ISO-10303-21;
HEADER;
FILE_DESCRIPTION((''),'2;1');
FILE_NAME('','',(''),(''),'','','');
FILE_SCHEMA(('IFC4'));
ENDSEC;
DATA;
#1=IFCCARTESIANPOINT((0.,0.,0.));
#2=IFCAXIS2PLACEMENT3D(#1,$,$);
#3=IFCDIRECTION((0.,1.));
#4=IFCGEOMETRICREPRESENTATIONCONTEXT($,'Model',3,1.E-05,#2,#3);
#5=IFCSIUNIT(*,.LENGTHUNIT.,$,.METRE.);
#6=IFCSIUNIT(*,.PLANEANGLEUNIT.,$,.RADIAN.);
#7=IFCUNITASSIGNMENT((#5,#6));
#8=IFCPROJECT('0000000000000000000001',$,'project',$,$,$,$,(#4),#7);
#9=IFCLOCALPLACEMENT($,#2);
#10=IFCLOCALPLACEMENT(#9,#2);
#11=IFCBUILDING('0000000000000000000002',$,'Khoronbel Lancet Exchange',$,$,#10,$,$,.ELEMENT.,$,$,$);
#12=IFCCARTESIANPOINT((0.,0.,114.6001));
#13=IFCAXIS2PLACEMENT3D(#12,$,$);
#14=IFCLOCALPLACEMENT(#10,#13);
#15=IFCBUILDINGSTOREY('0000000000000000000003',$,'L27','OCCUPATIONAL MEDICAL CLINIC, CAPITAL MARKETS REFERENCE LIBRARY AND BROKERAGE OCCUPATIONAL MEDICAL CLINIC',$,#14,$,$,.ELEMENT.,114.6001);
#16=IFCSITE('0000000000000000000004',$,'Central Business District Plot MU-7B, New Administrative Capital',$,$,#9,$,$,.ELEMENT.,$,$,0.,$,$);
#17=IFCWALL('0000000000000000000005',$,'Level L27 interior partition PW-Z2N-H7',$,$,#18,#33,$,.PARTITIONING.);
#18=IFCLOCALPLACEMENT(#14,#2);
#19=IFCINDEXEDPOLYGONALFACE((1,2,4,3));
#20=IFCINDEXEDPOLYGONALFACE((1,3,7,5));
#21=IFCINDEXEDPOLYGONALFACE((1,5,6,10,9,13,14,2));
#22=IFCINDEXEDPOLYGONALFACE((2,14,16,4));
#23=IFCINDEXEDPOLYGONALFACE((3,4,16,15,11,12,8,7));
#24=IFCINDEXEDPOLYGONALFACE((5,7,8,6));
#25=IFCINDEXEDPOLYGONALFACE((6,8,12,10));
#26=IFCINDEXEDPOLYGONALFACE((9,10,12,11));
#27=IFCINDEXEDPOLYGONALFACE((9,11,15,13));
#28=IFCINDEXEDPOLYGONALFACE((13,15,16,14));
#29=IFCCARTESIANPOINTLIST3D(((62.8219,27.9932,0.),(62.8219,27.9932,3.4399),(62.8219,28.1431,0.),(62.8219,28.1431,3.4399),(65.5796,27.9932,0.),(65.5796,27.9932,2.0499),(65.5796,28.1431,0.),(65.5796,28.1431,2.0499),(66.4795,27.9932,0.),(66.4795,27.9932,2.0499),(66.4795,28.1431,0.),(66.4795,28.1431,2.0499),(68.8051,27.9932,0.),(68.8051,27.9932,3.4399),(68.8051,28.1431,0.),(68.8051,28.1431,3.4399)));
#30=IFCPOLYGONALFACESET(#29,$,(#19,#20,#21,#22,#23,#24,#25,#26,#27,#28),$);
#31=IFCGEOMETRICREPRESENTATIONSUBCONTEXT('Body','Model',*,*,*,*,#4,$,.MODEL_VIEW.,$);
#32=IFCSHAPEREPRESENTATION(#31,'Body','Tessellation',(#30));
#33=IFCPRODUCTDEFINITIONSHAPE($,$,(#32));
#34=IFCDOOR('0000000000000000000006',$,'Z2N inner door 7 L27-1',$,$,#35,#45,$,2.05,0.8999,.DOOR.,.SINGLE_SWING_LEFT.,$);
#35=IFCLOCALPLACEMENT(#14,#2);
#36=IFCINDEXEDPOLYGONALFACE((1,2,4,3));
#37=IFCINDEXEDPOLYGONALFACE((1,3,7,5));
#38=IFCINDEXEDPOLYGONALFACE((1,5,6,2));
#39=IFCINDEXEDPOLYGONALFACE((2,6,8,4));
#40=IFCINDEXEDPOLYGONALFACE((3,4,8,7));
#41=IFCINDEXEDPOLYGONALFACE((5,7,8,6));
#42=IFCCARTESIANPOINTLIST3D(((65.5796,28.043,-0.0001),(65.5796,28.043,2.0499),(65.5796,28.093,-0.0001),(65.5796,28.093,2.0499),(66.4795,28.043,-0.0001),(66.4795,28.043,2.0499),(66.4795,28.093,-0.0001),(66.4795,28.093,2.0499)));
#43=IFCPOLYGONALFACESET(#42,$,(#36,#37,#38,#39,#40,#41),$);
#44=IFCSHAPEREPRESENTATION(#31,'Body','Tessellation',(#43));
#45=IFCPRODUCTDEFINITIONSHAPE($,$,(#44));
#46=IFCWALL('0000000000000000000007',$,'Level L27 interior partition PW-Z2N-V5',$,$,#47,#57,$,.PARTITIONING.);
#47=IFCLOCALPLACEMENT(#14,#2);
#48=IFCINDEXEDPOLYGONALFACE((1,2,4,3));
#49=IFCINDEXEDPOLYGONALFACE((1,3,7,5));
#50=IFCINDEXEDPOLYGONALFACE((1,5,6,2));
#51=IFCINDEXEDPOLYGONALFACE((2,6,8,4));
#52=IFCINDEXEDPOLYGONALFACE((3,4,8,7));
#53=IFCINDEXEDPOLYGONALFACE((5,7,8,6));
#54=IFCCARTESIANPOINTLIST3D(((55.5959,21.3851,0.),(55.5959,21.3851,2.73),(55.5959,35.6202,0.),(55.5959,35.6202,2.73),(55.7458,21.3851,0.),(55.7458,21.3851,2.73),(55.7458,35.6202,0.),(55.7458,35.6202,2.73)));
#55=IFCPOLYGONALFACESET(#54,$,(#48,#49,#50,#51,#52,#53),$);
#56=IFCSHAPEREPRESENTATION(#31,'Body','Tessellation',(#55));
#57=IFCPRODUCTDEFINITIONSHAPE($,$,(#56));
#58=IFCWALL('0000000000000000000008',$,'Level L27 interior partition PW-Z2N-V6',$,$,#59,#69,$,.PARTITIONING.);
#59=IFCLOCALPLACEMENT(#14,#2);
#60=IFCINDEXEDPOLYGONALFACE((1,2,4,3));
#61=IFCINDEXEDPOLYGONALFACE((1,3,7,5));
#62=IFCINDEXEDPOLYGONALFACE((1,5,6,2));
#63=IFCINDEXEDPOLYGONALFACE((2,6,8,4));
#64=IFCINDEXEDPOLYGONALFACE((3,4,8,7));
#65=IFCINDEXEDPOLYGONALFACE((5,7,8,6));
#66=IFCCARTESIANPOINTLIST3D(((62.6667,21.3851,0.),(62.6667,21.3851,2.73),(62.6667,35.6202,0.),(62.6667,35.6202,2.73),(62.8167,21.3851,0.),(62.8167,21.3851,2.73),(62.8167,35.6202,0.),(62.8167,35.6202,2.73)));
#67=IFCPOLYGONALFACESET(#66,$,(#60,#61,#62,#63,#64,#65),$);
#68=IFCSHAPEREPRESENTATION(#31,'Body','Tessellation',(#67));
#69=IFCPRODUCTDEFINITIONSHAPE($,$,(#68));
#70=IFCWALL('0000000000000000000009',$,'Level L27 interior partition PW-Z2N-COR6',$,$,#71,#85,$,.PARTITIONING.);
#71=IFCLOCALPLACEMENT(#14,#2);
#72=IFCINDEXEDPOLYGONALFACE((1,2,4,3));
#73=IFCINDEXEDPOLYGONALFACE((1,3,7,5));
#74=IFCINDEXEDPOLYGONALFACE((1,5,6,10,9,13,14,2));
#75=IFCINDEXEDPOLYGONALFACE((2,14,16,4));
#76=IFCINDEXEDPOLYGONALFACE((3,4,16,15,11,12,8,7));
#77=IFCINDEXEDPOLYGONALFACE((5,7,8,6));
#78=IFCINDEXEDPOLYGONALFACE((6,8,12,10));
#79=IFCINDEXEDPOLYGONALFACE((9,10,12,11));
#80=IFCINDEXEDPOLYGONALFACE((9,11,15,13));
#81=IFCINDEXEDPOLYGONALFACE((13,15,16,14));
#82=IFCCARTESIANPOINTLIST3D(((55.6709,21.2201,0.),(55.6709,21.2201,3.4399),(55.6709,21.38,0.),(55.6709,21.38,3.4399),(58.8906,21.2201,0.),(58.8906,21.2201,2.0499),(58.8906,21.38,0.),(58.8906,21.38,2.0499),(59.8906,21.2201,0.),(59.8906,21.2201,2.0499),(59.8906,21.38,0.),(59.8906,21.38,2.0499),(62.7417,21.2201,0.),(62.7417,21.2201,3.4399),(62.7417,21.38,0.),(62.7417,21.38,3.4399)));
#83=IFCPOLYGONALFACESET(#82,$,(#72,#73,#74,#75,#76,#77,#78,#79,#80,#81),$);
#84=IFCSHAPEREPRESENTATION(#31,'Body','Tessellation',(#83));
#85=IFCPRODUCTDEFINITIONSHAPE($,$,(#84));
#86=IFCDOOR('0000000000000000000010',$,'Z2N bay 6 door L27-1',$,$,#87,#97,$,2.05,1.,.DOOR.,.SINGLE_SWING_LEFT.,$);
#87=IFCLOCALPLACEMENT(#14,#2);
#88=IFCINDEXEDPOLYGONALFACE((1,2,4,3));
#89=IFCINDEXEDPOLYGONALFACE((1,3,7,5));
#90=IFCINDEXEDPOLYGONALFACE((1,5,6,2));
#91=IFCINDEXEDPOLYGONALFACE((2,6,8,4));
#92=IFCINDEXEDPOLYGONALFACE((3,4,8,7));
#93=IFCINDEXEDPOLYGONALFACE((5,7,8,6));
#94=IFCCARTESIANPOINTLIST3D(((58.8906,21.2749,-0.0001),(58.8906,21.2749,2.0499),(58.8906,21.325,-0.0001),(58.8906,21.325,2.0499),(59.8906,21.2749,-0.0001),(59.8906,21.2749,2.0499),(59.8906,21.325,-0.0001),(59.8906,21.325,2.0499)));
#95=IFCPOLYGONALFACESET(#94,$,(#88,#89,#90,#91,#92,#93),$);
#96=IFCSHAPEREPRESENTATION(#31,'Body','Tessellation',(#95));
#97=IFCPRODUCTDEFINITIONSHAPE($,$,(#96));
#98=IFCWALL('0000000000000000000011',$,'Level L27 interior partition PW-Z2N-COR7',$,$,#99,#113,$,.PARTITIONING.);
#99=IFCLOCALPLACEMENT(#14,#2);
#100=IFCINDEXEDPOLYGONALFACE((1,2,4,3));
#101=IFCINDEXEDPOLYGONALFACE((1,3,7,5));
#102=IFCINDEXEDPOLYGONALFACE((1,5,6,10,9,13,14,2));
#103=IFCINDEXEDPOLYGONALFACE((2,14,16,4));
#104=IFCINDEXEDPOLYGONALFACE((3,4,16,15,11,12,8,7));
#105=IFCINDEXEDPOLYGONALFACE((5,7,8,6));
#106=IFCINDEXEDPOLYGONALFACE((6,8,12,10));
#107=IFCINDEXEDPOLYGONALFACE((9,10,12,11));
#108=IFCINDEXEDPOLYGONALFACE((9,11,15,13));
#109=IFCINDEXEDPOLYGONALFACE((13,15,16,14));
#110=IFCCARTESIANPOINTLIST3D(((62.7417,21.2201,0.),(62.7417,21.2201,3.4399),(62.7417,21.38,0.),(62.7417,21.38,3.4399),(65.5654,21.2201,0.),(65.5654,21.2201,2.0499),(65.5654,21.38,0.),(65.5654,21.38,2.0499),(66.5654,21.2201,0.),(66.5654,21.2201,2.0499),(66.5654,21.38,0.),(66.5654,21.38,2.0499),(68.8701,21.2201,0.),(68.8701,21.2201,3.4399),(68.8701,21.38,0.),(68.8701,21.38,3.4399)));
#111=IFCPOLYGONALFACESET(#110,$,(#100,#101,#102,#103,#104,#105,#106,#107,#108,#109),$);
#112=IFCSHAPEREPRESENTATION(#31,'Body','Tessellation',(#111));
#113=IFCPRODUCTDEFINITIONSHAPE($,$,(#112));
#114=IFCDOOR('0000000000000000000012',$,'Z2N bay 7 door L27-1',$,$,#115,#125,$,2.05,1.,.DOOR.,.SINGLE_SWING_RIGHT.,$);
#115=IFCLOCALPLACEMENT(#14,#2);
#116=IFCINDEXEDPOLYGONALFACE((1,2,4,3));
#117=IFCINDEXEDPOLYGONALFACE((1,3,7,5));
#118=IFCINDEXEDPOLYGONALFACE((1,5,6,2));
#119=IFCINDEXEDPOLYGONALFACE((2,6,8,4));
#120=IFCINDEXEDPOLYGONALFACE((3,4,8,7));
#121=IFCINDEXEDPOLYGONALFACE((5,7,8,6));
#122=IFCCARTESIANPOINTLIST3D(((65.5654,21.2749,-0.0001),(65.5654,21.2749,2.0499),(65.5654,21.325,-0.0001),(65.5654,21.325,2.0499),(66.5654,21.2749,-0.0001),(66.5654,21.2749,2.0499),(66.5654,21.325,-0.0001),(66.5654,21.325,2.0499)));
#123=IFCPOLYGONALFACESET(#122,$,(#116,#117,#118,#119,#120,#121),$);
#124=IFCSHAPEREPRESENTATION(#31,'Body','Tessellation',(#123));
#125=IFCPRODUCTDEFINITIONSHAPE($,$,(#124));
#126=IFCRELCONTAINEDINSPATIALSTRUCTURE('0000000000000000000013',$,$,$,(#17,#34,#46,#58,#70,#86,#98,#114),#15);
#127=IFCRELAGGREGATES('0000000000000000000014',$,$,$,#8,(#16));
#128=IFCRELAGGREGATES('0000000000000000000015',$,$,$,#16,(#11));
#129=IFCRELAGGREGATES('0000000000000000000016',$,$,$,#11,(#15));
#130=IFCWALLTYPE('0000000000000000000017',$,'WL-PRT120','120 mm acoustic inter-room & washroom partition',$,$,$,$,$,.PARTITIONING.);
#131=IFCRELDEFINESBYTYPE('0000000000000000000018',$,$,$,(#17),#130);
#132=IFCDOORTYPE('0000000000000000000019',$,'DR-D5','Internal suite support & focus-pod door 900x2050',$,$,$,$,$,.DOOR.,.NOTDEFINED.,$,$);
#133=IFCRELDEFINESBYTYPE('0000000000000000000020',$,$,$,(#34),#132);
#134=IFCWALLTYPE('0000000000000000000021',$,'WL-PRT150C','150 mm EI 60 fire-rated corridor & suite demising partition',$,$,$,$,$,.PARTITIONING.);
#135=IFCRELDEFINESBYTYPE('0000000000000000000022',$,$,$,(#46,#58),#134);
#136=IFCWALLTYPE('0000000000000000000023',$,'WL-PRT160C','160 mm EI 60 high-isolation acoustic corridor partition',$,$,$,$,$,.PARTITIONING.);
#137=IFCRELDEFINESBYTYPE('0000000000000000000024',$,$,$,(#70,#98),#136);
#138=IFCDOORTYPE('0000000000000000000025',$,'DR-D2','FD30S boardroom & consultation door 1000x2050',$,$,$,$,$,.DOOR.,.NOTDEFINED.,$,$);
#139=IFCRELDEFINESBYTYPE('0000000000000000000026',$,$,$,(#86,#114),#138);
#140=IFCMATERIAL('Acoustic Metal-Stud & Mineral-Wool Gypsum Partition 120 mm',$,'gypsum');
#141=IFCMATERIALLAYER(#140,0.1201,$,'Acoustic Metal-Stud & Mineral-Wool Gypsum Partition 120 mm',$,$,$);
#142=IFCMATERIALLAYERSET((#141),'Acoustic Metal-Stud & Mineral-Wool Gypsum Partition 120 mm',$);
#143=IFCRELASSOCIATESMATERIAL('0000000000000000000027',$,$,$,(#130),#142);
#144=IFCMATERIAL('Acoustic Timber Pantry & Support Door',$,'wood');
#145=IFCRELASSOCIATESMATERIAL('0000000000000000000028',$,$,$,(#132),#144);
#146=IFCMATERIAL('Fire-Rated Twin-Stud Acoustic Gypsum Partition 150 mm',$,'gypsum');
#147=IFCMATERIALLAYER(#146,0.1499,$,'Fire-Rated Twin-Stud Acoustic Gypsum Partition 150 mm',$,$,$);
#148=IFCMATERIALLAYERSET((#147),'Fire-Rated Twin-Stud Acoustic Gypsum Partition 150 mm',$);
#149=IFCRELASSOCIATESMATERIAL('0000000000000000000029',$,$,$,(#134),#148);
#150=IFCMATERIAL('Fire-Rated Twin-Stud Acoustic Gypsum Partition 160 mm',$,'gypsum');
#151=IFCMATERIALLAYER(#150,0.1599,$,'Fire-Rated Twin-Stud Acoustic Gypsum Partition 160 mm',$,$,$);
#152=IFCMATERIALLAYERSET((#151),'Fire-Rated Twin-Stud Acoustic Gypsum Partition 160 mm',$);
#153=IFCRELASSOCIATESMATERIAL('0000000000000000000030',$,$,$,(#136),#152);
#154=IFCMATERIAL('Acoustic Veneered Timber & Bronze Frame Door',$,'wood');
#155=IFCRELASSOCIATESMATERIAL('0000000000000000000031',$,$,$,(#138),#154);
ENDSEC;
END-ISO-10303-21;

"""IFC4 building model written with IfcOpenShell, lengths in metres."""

from ifc_helpers import new_model, si_unit, direction, frame, frame_2d, origin, place, context, subcontext, project, spatial, rectangle, extrude, material, layer, layer_set, type_object, element, fill, save


model = new_model("IFC4")

# Units and contexts
model_context = context("Model", 3, precision=1e-05, world=origin(), true_north=direction((0.0, 1.0)))
body_context = subcontext(model_context, "Body", "Model", "MODEL_VIEW")
ifc_project = project(units=[si_unit("LENGTHUNIT", "METRE"), si_unit("PLANEANGLEUNIT", "RADIAN")], contexts=[model_context])

# Site, building, storey
site_placement = place(None, origin())
site = spatial("IfcSite", under=ifc_project, at=site_placement, Name="Central Business District Plot MU-7B, New Administrative Capital", CompositionType="ELEMENT", RefElevation=0.0)
building_placement = place(site_placement, origin())
building = spatial("IfcBuilding", under=site, at=building_placement, Name="Khoronbel Lancet Exchange", CompositionType="ELEMENT")
storey_placement = place(building_placement, frame((0.0, 0.0, 114.6001)))
storey = spatial("IfcBuildingStorey", under=building, at=storey_placement, Name="L27", Description="OCCUPATIONAL MEDICAL CLINIC, CAPITAL MARKETS REFERENCE LIBRARY AND BROKERAGE OCCUPATIONAL MEDICAL CLINIC", CompositionType="ELEMENT", Elevation=114.6001)

# Wall, opening, door
ifc_material_1 = material(Name="Acoustic Metal-Stud & Mineral-Wool Gypsum Partition 120 mm", Category="gypsum")
ifc_layer_1 = layer(ifc_material_1, 0.1201, Name="Acoustic Metal-Stud & Mineral-Wool Gypsum Partition 120 mm")
ifc_layer_set_1 = layer_set([ifc_layer_1], Name="Acoustic Metal-Stud & Mineral-Wool Gypsum Partition 120 mm")
wall_type_1 = type_object("IfcWallType", Name="WL-PRT120", Description="120 mm acoustic inter-room & washroom partition", PredefinedType="PARTITIONING", material=ifc_layer_set_1)
wall_1_placement = place(storey_placement, frame((62.8218, 28.0681, 0.0), z_axis=(0.0, 0.0, 1.0), x_axis=(1.0, 0.0, 0.0)))
wall_1 = element("IfcWall", 1, at=wall_1_placement, inside=storey, type_object=wall_type_1, Name="Level L27 interior partition PW-Z2N-H7", PredefinedType="PARTITIONING", context=body_context, shape_type="SweptSolid", body=[
    extrude(rectangle(XDim=5.9832, YDim=0.1499, at=frame_2d((2.9917, 0.0))), origin(), (0.0, 0.0, 1.0), 3.4399),
])
opening_1_placement = place(wall_1_placement, frame((2.7578, 0.0, 0.0)))
opening_1 = element("IfcOpeningElement", 2, at=opening_1_placement, cuts=wall_1, PredefinedType="OPENING", context=body_context, shape_type="SweptSolid", body=[
    extrude(rectangle(XDim=0.8999, YDim=2.05, at=frame_2d((0.45, 1.0249))), frame((0.0, 0.085, 0.0), z_axis=(0.0, -1.0, 0.0), x_axis=(1.0, 0.0, 0.0)), (0.0, 0.0, 1.0), 0.1699),
])
ifc_material_2 = material(Name="Acoustic Timber Pantry & Support Door", Category="wood")
door_type_1 = type_object("IfcDoorType", Name="DR-D5", Description="Internal suite support & focus-pod door 900x2050", OperationType="NOTDEFINED", PredefinedType="DOOR", material=ifc_material_2)
door_1_placement = place(opening_1_placement, origin())
door_1 = element("IfcDoor", 3, at=door_1_placement, inside=storey, type_object=door_type_1, Name="Z2N inner door 7 L27-1", OperationType="SINGLE_SWING_LEFT", OverallHeight=2.05, OverallWidth=0.8999, PredefinedType="DOOR", context=body_context, shape_type="SweptSolid", body=[
    extrude(rectangle(XDim=0.8999, YDim=2.05, at=frame_2d((0.45, 1.0249))), frame((0.0, 0.0249, 0.0), z_axis=(0.0, -1.0, 0.0), x_axis=(1.0, 0.0, 0.0)), (0.0, 0.0, 1.0), 0.05),
])
fill(opening_1, door_1)

# Walls
ifc_material_3 = material(Name="Fire-Rated Twin-Stud Acoustic Gypsum Partition 150 mm", Category="gypsum")
ifc_layer_2 = layer(ifc_material_3, 0.1499, Name="Fire-Rated Twin-Stud Acoustic Gypsum Partition 150 mm")
ifc_layer_set_2 = layer_set([ifc_layer_2], Name="Fire-Rated Twin-Stud Acoustic Gypsum Partition 150 mm")
wall_type_2 = type_object("IfcWallType", Name="WL-PRT150C", Description="150 mm EI 60 fire-rated corridor & suite demising partition", PredefinedType="PARTITIONING", material=ifc_layer_set_2)
for number, where, z_axis, x_axis, name in (
    (4, (55.6709, 21.385, 0.0), (0.0, 0.0, 1.0), (0.0, 1.0, 0.0), "Level L27 interior partition PW-Z2N-V5"),
    (5, (62.7417, 21.385, 0.0), (0.0, 0.0, 1.0), (0.0, 1.0, 0.0), "Level L27 interior partition PW-Z2N-V6"),
):
    element("IfcWall", number, at=place(storey_placement, frame(where, z_axis=z_axis, x_axis=x_axis)), inside=storey, type_object=wall_type_2, Name=name, PredefinedType="PARTITIONING", context=body_context, shape_type="SweptSolid", body=[
        extrude(rectangle(XDim=14.2351, YDim=0.1499, at=frame_2d((7.1177, 0.0))), origin(), (0.0, 0.0, 1.0), 2.73),
    ])

# Walls, openings, doors
ifc_material_4 = material(Name="Fire-Rated Twin-Stud Acoustic Gypsum Partition 160 mm", Category="gypsum")
ifc_layer_3 = layer(ifc_material_4, 0.1599, Name="Fire-Rated Twin-Stud Acoustic Gypsum Partition 160 mm")
ifc_layer_set_3 = layer_set([ifc_layer_3], Name="Fire-Rated Twin-Stud Acoustic Gypsum Partition 160 mm")
wall_type_3 = type_object("IfcWallType", Name="WL-PRT160C", Description="160 mm EI 60 high-isolation acoustic corridor partition", PredefinedType="PARTITIONING", material=ifc_layer_set_3)
wall_2_placement = place(storey_placement, frame((55.6709, 21.3, 0.0), z_axis=(0.0, 0.0, 1.0), x_axis=(1.0, 0.0, 0.0)))
wall_2 = element("IfcWall", 6, at=wall_2_placement, inside=storey, type_object=wall_type_3, Name="Level L27 interior partition PW-Z2N-COR6", PredefinedType="PARTITIONING", context=body_context, shape_type="SweptSolid", body=[
    extrude(rectangle(XDim=7.0708, YDim=0.1599, at=frame_2d((3.5354, 0.0))), origin(), (0.0, 0.0, 1.0), 3.4399),
])
opening_2_placement = place(wall_2_placement, frame((3.2197, 0.0, 0.0)))
opening_2 = element("IfcOpeningElement", 7, at=opening_2_placement, cuts=wall_2, PredefinedType="OPENING", context=body_context, shape_type="SweptSolid", body=[
    extrude(rectangle(XDim=1.0, YDim=2.05, at=frame_2d((0.5, 1.0249))), frame((0.0, 0.0898, 0.0), z_axis=(0.0, -1.0, 0.0), x_axis=(1.0, 0.0, 0.0)), (0.0, 0.0, 1.0), 0.1799),
])
ifc_material_5 = material(Name="Acoustic Veneered Timber & Bronze Frame Door", Category="wood")
door_type_2 = type_object("IfcDoorType", Name="DR-D2", Description="FD30S boardroom & consultation door 1000x2050", OperationType="NOTDEFINED", PredefinedType="DOOR", material=ifc_material_5)
door_2_placement = place(opening_2_placement, origin())
door_2 = element("IfcDoor", 8, at=door_2_placement, inside=storey, type_object=door_type_2, Name="Z2N bay 6 door L27-1", OperationType="SINGLE_SWING_LEFT", OverallHeight=2.05, OverallWidth=1.0, PredefinedType="DOOR", context=body_context, shape_type="SweptSolid", body=[
    extrude(rectangle(XDim=1.0, YDim=2.05, at=frame_2d((0.5, 1.0249))), frame((0.0, 0.0249, 0.0), z_axis=(0.0, -1.0, 0.0), x_axis=(1.0, 0.0, 0.0)), (0.0, 0.0, 1.0), 0.05),
])
fill(opening_2, door_2)
wall_3_placement = place(storey_placement, frame((62.7417, 21.3, 0.0), z_axis=(0.0, 0.0, 1.0), x_axis=(1.0, 0.0, 0.0)))
wall_3 = element("IfcWall", 9, at=wall_3_placement, inside=storey, type_object=wall_type_3, Name="Level L27 interior partition PW-Z2N-COR7", PredefinedType="PARTITIONING", context=body_context, shape_type="SweptSolid", body=[
    extrude(rectangle(XDim=6.1284, YDim=0.1599, at=frame_2d((3.0642, 0.0))), origin(), (0.0, 0.0, 1.0), 3.4399),
])
opening_3_placement = place(wall_3_placement, frame((2.8237, 0.0, 0.0)))
opening_3 = element("IfcOpeningElement", 10, at=opening_3_placement, cuts=wall_3, PredefinedType="OPENING", context=body_context, shape_type="SweptSolid", body=[
    extrude(rectangle(XDim=1.0, YDim=2.05, at=frame_2d((0.5, 1.0249))), frame((0.0, 0.0898, 0.0), z_axis=(0.0, -1.0, 0.0), x_axis=(1.0, 0.0, 0.0)), (0.0, 0.0, 1.0), 0.1799),
])
door_3_placement = place(opening_3_placement, origin())
door_3 = element("IfcDoor", 11, at=door_3_placement, inside=storey, type_object=door_type_2, Name="Z2N bay 7 door L27-1", OperationType="SINGLE_SWING_RIGHT", OverallHeight=2.05, OverallWidth=1.0, PredefinedType="DOOR", context=body_context, shape_type="SweptSolid", body=[
    extrude(rectangle(XDim=1.0, YDim=2.05, at=frame_2d((0.5, 1.0249))), frame((0.0, 0.0249, 0.0), z_axis=(0.0, -1.0, 0.0), x_axis=(1.0, 0.0, 0.0)), (0.0, 0.0, 1.0), 0.05),
])
fill(opening_3, door_3)

save(model, "model.ifc")
